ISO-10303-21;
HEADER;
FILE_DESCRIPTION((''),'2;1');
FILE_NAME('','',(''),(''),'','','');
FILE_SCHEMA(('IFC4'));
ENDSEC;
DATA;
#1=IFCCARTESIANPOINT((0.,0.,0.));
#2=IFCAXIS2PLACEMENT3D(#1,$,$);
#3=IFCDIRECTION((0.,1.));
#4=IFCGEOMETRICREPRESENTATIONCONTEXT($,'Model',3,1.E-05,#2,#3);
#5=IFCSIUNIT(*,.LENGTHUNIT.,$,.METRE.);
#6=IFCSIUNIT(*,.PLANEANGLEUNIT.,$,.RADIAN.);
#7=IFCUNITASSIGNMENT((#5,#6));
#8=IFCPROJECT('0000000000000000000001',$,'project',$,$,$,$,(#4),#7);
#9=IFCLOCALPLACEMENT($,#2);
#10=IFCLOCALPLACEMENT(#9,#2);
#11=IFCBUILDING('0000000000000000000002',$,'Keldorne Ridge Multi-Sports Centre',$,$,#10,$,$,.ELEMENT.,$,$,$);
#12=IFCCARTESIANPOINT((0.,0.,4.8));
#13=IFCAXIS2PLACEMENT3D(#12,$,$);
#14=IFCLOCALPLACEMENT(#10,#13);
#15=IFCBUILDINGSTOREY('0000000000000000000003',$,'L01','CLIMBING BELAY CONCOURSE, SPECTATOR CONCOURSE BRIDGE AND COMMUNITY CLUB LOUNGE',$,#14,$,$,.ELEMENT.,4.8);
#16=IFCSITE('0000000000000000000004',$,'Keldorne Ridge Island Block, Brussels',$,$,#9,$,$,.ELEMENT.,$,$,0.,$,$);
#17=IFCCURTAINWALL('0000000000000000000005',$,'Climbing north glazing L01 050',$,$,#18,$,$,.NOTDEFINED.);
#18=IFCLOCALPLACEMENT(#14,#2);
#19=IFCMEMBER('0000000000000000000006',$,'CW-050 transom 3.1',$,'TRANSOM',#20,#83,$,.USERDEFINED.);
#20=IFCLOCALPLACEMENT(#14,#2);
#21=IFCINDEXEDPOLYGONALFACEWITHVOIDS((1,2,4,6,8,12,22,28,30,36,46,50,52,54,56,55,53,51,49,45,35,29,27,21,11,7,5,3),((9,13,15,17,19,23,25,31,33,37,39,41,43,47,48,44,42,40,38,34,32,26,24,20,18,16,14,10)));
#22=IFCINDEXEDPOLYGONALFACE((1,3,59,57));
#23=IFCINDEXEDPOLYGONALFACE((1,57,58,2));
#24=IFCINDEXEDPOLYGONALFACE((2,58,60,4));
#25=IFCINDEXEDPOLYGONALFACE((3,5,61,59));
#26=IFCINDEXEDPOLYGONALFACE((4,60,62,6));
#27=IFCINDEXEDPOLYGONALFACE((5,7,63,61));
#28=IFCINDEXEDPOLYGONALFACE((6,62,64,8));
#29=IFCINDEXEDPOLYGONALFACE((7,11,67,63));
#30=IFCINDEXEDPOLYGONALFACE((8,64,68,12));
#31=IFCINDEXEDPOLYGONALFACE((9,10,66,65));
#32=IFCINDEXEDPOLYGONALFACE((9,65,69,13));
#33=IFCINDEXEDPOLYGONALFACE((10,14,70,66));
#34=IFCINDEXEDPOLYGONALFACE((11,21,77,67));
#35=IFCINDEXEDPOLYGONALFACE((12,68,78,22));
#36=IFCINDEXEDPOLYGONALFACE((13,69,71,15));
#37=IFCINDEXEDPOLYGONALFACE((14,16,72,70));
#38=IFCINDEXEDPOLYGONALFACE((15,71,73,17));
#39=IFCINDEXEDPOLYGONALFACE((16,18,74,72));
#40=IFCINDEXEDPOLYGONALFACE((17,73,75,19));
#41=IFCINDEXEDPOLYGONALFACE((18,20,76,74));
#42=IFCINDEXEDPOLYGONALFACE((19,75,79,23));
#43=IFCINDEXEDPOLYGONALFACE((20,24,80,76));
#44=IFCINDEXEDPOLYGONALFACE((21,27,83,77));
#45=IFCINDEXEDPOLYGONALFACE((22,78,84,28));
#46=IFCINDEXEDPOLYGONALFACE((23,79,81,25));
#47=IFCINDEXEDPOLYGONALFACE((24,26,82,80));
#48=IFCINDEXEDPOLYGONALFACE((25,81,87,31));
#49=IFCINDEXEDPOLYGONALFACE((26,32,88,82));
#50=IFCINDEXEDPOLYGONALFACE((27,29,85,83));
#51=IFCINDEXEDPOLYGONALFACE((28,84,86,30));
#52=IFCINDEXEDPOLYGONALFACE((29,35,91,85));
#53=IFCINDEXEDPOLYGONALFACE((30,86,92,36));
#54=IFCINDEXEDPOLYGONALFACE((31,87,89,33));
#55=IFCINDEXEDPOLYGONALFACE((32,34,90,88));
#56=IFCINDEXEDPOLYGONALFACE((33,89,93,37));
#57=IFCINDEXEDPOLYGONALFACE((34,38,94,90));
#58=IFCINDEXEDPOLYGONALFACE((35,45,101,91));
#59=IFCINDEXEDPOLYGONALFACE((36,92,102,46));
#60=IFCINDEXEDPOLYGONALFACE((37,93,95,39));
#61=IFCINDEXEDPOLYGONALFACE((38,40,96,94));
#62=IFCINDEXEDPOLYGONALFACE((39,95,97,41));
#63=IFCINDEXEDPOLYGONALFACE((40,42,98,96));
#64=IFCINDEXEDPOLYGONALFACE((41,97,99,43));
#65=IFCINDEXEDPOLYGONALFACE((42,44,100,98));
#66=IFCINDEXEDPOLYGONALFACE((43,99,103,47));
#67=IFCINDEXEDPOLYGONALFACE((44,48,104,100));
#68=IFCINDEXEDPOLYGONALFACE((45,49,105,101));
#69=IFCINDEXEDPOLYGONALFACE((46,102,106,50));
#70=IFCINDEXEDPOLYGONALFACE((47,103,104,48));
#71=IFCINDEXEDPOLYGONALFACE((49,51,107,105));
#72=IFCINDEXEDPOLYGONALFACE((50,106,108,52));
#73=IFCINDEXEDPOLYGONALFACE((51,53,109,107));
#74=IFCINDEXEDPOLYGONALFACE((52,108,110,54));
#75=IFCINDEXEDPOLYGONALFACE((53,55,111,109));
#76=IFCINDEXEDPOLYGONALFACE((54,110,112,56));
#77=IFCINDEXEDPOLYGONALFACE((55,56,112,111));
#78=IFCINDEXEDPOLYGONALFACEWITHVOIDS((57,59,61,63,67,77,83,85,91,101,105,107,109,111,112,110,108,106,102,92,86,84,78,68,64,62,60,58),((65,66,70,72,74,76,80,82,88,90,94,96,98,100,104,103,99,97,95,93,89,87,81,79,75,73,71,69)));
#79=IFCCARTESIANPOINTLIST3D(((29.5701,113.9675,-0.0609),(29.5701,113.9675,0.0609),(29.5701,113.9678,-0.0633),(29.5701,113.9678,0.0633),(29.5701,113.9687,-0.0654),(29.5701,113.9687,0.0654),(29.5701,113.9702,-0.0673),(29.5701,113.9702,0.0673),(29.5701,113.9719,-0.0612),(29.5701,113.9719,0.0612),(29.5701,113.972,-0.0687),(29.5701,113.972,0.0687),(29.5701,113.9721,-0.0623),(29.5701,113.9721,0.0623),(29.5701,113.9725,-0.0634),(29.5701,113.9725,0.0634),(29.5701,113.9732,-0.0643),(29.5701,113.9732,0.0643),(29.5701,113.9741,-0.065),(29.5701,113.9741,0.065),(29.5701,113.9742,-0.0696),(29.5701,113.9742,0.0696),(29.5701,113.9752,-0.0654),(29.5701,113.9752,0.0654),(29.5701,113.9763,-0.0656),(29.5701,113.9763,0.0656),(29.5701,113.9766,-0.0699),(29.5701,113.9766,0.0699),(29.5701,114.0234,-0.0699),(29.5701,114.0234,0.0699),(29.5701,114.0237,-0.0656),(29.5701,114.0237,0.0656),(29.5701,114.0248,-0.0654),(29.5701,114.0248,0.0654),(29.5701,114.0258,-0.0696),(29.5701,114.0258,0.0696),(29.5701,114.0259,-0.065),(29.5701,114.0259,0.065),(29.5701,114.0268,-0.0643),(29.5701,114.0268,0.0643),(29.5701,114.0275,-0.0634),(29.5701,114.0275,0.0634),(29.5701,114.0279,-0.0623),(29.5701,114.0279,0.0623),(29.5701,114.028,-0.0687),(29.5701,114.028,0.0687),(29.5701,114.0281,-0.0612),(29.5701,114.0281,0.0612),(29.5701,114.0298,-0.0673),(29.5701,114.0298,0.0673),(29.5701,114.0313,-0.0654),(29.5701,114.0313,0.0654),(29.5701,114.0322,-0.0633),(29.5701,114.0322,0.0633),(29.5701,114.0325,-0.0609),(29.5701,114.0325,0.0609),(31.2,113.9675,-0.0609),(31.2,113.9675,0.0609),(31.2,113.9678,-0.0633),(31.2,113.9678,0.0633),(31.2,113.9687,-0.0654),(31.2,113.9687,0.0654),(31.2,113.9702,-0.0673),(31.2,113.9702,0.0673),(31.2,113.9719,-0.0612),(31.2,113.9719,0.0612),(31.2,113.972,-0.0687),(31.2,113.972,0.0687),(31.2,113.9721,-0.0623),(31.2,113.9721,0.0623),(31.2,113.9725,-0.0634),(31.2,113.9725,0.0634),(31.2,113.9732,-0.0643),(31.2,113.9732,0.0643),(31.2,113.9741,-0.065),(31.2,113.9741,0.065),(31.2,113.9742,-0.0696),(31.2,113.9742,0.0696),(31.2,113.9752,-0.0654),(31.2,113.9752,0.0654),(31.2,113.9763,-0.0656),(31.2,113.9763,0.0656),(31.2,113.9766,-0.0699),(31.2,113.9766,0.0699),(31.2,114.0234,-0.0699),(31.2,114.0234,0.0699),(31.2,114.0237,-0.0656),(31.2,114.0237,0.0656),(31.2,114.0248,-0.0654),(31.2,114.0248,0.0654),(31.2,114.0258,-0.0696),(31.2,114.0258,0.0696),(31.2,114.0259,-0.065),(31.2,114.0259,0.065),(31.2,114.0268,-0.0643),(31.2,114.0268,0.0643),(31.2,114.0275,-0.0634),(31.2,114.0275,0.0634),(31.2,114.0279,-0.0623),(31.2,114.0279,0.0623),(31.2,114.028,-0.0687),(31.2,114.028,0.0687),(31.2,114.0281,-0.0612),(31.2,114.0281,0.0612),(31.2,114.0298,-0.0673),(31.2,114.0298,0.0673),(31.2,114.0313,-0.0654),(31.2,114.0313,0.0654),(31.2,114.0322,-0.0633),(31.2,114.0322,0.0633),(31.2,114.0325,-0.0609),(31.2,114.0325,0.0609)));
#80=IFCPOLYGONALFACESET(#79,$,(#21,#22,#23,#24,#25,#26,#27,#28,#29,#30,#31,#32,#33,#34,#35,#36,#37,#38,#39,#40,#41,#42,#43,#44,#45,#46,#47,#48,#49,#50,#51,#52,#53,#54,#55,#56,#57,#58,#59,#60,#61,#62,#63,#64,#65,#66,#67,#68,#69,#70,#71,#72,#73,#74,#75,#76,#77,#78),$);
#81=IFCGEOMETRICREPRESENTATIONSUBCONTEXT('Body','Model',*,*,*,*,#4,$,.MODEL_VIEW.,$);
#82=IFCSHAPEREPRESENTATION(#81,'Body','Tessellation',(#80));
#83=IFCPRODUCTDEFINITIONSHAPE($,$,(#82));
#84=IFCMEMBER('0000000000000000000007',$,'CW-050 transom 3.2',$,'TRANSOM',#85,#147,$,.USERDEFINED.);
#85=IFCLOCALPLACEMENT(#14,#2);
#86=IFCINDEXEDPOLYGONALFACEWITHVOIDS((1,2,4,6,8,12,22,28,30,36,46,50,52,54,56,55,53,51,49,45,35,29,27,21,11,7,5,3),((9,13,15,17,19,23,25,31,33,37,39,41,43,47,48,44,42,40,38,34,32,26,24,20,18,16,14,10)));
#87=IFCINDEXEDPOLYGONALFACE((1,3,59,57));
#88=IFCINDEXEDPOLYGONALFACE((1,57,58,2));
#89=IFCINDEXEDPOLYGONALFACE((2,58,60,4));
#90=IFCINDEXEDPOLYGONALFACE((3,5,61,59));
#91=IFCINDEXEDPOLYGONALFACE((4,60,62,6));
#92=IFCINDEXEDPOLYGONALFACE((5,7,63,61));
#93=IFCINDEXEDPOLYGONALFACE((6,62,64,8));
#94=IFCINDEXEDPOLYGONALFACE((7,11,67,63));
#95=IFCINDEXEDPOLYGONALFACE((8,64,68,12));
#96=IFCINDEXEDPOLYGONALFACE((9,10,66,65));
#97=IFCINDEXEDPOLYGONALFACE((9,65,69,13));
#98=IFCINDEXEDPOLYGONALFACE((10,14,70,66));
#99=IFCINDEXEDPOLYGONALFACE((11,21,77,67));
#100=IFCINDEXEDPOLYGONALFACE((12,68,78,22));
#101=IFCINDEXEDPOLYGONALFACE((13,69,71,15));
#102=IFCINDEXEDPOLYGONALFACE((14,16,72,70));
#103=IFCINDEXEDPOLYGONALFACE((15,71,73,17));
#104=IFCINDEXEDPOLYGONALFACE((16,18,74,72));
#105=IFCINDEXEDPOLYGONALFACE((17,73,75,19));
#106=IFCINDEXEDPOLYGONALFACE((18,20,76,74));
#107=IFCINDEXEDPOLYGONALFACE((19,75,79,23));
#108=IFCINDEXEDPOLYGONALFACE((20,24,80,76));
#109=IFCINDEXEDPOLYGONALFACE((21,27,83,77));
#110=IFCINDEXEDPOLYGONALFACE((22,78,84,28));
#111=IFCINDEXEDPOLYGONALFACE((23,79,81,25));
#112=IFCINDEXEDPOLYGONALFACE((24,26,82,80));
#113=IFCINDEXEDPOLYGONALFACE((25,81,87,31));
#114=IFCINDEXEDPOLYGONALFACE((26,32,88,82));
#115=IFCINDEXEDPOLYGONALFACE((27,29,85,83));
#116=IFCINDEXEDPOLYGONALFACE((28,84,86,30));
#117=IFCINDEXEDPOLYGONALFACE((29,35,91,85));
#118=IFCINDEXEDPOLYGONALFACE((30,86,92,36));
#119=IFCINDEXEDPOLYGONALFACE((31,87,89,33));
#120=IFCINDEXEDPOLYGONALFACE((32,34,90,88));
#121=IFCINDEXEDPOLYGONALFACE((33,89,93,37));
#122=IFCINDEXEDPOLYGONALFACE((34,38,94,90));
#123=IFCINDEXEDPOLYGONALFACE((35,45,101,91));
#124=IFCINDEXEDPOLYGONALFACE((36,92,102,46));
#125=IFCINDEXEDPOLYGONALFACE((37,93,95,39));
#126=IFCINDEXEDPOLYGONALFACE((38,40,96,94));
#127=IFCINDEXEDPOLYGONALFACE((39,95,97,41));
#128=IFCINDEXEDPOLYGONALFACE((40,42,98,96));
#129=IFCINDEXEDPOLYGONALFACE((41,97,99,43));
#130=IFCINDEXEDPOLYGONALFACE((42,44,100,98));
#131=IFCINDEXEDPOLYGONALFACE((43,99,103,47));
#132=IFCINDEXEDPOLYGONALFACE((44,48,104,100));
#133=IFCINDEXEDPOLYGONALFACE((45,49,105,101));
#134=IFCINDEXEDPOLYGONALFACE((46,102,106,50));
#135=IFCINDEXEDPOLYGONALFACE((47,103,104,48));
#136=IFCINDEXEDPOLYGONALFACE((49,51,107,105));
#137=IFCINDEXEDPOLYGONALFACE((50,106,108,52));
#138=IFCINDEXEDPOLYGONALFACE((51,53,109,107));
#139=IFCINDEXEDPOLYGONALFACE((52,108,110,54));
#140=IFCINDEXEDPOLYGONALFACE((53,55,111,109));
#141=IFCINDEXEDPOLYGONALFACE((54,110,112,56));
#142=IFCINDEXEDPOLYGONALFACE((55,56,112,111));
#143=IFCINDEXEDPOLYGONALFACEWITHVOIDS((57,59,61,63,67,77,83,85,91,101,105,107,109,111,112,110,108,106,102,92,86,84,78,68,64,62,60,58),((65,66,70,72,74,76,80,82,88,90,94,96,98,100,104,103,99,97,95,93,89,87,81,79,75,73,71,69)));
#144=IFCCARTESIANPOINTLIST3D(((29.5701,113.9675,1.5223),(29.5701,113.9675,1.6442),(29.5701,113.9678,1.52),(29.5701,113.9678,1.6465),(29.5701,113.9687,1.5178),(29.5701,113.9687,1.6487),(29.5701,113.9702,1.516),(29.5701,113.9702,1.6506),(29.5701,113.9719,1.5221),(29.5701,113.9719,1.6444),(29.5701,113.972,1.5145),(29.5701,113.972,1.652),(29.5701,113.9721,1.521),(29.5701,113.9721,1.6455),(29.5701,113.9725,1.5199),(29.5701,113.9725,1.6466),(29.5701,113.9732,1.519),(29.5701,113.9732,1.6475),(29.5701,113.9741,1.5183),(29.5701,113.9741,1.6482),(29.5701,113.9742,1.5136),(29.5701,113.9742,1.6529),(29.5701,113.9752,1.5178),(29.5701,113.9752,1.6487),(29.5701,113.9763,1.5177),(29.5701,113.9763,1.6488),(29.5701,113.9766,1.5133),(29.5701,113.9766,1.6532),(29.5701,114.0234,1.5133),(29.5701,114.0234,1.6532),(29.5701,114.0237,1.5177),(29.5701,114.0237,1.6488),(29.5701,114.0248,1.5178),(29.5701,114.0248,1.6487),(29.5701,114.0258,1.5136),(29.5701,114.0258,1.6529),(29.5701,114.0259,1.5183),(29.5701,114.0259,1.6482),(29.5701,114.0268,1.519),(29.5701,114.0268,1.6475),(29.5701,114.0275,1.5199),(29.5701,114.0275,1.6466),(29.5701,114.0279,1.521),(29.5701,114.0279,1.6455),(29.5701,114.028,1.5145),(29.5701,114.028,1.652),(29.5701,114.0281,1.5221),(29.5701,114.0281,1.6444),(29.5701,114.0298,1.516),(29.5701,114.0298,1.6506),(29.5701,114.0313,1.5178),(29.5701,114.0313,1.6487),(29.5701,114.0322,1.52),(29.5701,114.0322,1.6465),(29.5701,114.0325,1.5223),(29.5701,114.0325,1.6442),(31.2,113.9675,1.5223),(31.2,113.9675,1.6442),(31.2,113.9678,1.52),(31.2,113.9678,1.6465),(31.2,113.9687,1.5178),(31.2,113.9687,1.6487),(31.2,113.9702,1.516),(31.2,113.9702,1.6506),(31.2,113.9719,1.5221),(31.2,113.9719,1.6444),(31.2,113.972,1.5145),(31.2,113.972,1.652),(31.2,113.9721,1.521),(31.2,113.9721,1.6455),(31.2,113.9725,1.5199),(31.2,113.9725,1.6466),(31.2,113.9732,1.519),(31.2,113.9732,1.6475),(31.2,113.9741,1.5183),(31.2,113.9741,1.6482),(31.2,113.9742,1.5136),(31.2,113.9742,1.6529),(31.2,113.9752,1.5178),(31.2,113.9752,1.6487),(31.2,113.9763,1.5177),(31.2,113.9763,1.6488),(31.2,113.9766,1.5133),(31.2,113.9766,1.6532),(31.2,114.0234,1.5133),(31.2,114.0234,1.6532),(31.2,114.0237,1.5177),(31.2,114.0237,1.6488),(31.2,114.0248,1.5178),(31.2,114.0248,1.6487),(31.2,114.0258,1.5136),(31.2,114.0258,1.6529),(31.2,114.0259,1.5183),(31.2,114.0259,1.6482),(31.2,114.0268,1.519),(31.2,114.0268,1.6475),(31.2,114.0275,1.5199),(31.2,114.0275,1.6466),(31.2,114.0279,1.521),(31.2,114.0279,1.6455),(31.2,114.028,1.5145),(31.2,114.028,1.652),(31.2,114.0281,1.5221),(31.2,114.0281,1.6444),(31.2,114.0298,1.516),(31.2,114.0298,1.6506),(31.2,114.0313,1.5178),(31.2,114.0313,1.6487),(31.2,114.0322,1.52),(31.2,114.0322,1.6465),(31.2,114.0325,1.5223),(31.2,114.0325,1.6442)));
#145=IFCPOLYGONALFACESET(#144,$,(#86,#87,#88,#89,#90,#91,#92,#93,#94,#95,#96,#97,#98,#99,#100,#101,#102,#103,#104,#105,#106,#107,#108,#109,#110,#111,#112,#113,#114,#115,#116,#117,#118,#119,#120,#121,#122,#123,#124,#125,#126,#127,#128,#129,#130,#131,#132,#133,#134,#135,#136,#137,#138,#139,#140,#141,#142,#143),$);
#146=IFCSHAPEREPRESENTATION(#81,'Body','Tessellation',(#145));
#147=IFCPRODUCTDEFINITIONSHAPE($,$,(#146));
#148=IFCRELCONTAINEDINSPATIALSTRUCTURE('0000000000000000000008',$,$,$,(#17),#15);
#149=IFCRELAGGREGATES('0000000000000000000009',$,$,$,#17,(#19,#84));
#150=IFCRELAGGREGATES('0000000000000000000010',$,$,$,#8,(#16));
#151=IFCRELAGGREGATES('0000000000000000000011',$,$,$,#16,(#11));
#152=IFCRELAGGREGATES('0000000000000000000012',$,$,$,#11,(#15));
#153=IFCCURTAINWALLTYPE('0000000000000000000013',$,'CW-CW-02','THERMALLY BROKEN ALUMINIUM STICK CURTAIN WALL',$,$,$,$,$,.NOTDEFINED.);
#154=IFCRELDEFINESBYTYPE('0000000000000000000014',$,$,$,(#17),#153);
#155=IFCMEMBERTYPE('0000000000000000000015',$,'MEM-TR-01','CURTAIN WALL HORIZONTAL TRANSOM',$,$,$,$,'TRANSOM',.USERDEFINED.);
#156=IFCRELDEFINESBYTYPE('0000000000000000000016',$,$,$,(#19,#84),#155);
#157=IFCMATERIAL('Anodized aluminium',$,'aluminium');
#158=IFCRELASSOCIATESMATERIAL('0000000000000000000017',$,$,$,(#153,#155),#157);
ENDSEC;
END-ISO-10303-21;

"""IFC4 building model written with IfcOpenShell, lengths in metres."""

from ifc_helpers import new_model, si_unit, direction, frame, origin, origin_2d, place, context, subcontext, project, spatial, hollow_rectangle, extrude, material, material_profile, profile_set, type_object, element, aggregate, save


model = new_model("IFC4")

# Units and contexts
model_context = context("Model", 3, precision=1e-05, world=origin(), true_north=direction((0.0, 1.0)))
body_context = subcontext(model_context, "Body", "Model", "MODEL_VIEW")
ifc_project = project(units=[si_unit("LENGTHUNIT", "METRE"), si_unit("PLANEANGLEUNIT", "RADIAN")], contexts=[model_context])

# Site, building, storey
site_placement = place(None, origin())
site = spatial("IfcSite", under=ifc_project, at=site_placement, Name="Keldorne Ridge Island Block, Brussels", CompositionType="ELEMENT", RefElevation=0.0)
building_placement = place(site_placement, origin())
building = spatial("IfcBuilding", under=site, at=building_placement, Name="Keldorne Ridge Multi-Sports Centre", CompositionType="ELEMENT")
storey_placement = place(building_placement, frame((0.0, 0.0, 4.8)))
storey = spatial("IfcBuildingStorey", under=building, at=storey_placement, Name="L01", Description="CLIMBING BELAY CONCOURSE, SPECTATOR CONCOURSE BRIDGE AND COMMUNITY CLUB LOUNGE", CompositionType="ELEMENT", Elevation=4.8)

# Curtain wall
ifc_material_1 = material(Name="Anodized aluminium", Category="aluminium")
curtain_wall_type_1 = type_object("IfcCurtainWallType", Name="CW-CW-02", Description="THERMALLY BROKEN ALUMINIUM STICK CURTAIN WALL", PredefinedType="NOTDEFINED", material=ifc_material_1)
curtain_wall_1_placement = place(storey_placement, origin())
curtain_wall_1 = element("IfcCurtainWall", 1, at=curtain_wall_1_placement, inside=storey, type_object=curtain_wall_type_1, Name="Climbing north glazing L01 050", PredefinedType="NOTDEFINED")

# Members
ifc_material_profile_1 = material_profile(ifc_material_1, hollow_rectangle(XDim=0.0649, YDim=0.1399, WallThickness=0.0044, InnerFilletRadius=0.0044, OuterFilletRadius=0.009, at=origin_2d()), Name="ALU TRANSOM 140x65x4.5")
ifc_profile_set_1 = profile_set([ifc_material_profile_1], Name="Anodized aluminium")
member_type_1 = type_object("IfcMemberType", Name="MEM-TR-01", Description="CURTAIN WALL HORIZONTAL TRANSOM", ElementType="TRANSOM", PredefinedType="USERDEFINED", material=ifc_profile_set_1)
member_1_placement = place(storey_placement, frame((31.2, 114.0, 0.0), z_axis=(-1.0, 0.0, 0.0), x_axis=(0.0, -1.0, 0.0)))
member_1 = element("IfcMember", 2, at=member_1_placement, type_object=member_type_1, Name="CW-050 transom 3.1", ObjectType="TRANSOM", PredefinedType="USERDEFINED", context=body_context, shape_type="SweptSolid", body=[
    extrude(hollow_rectangle(XDim=0.0649, YDim=0.1399, WallThickness=0.0044, InnerFilletRadius=0.0044, OuterFilletRadius=0.009, at=origin_2d()), origin(), (0.0, 0.0, 1.0), 1.6299),
])
member_2_placement = place(storey_placement, frame((31.2, 114.0, 1.5833), z_axis=(-1.0, 0.0, 0.0), x_axis=(0.0, -1.0, 0.0)))
member_2 = element("IfcMember", 3, at=member_2_placement, type_object=member_type_1, Name="CW-050 transom 3.2", ObjectType="TRANSOM", PredefinedType="USERDEFINED", context=body_context, shape_type="SweptSolid", body=[
    extrude(hollow_rectangle(XDim=0.0649, YDim=0.1399, WallThickness=0.0044, InnerFilletRadius=0.0044, OuterFilletRadius=0.009, at=origin_2d()), origin(), (0.0, 0.0, 1.0), 1.6299),
])

aggregate(curtain_wall_1, [member_1, member_2])

save(model, "model.ifc")
